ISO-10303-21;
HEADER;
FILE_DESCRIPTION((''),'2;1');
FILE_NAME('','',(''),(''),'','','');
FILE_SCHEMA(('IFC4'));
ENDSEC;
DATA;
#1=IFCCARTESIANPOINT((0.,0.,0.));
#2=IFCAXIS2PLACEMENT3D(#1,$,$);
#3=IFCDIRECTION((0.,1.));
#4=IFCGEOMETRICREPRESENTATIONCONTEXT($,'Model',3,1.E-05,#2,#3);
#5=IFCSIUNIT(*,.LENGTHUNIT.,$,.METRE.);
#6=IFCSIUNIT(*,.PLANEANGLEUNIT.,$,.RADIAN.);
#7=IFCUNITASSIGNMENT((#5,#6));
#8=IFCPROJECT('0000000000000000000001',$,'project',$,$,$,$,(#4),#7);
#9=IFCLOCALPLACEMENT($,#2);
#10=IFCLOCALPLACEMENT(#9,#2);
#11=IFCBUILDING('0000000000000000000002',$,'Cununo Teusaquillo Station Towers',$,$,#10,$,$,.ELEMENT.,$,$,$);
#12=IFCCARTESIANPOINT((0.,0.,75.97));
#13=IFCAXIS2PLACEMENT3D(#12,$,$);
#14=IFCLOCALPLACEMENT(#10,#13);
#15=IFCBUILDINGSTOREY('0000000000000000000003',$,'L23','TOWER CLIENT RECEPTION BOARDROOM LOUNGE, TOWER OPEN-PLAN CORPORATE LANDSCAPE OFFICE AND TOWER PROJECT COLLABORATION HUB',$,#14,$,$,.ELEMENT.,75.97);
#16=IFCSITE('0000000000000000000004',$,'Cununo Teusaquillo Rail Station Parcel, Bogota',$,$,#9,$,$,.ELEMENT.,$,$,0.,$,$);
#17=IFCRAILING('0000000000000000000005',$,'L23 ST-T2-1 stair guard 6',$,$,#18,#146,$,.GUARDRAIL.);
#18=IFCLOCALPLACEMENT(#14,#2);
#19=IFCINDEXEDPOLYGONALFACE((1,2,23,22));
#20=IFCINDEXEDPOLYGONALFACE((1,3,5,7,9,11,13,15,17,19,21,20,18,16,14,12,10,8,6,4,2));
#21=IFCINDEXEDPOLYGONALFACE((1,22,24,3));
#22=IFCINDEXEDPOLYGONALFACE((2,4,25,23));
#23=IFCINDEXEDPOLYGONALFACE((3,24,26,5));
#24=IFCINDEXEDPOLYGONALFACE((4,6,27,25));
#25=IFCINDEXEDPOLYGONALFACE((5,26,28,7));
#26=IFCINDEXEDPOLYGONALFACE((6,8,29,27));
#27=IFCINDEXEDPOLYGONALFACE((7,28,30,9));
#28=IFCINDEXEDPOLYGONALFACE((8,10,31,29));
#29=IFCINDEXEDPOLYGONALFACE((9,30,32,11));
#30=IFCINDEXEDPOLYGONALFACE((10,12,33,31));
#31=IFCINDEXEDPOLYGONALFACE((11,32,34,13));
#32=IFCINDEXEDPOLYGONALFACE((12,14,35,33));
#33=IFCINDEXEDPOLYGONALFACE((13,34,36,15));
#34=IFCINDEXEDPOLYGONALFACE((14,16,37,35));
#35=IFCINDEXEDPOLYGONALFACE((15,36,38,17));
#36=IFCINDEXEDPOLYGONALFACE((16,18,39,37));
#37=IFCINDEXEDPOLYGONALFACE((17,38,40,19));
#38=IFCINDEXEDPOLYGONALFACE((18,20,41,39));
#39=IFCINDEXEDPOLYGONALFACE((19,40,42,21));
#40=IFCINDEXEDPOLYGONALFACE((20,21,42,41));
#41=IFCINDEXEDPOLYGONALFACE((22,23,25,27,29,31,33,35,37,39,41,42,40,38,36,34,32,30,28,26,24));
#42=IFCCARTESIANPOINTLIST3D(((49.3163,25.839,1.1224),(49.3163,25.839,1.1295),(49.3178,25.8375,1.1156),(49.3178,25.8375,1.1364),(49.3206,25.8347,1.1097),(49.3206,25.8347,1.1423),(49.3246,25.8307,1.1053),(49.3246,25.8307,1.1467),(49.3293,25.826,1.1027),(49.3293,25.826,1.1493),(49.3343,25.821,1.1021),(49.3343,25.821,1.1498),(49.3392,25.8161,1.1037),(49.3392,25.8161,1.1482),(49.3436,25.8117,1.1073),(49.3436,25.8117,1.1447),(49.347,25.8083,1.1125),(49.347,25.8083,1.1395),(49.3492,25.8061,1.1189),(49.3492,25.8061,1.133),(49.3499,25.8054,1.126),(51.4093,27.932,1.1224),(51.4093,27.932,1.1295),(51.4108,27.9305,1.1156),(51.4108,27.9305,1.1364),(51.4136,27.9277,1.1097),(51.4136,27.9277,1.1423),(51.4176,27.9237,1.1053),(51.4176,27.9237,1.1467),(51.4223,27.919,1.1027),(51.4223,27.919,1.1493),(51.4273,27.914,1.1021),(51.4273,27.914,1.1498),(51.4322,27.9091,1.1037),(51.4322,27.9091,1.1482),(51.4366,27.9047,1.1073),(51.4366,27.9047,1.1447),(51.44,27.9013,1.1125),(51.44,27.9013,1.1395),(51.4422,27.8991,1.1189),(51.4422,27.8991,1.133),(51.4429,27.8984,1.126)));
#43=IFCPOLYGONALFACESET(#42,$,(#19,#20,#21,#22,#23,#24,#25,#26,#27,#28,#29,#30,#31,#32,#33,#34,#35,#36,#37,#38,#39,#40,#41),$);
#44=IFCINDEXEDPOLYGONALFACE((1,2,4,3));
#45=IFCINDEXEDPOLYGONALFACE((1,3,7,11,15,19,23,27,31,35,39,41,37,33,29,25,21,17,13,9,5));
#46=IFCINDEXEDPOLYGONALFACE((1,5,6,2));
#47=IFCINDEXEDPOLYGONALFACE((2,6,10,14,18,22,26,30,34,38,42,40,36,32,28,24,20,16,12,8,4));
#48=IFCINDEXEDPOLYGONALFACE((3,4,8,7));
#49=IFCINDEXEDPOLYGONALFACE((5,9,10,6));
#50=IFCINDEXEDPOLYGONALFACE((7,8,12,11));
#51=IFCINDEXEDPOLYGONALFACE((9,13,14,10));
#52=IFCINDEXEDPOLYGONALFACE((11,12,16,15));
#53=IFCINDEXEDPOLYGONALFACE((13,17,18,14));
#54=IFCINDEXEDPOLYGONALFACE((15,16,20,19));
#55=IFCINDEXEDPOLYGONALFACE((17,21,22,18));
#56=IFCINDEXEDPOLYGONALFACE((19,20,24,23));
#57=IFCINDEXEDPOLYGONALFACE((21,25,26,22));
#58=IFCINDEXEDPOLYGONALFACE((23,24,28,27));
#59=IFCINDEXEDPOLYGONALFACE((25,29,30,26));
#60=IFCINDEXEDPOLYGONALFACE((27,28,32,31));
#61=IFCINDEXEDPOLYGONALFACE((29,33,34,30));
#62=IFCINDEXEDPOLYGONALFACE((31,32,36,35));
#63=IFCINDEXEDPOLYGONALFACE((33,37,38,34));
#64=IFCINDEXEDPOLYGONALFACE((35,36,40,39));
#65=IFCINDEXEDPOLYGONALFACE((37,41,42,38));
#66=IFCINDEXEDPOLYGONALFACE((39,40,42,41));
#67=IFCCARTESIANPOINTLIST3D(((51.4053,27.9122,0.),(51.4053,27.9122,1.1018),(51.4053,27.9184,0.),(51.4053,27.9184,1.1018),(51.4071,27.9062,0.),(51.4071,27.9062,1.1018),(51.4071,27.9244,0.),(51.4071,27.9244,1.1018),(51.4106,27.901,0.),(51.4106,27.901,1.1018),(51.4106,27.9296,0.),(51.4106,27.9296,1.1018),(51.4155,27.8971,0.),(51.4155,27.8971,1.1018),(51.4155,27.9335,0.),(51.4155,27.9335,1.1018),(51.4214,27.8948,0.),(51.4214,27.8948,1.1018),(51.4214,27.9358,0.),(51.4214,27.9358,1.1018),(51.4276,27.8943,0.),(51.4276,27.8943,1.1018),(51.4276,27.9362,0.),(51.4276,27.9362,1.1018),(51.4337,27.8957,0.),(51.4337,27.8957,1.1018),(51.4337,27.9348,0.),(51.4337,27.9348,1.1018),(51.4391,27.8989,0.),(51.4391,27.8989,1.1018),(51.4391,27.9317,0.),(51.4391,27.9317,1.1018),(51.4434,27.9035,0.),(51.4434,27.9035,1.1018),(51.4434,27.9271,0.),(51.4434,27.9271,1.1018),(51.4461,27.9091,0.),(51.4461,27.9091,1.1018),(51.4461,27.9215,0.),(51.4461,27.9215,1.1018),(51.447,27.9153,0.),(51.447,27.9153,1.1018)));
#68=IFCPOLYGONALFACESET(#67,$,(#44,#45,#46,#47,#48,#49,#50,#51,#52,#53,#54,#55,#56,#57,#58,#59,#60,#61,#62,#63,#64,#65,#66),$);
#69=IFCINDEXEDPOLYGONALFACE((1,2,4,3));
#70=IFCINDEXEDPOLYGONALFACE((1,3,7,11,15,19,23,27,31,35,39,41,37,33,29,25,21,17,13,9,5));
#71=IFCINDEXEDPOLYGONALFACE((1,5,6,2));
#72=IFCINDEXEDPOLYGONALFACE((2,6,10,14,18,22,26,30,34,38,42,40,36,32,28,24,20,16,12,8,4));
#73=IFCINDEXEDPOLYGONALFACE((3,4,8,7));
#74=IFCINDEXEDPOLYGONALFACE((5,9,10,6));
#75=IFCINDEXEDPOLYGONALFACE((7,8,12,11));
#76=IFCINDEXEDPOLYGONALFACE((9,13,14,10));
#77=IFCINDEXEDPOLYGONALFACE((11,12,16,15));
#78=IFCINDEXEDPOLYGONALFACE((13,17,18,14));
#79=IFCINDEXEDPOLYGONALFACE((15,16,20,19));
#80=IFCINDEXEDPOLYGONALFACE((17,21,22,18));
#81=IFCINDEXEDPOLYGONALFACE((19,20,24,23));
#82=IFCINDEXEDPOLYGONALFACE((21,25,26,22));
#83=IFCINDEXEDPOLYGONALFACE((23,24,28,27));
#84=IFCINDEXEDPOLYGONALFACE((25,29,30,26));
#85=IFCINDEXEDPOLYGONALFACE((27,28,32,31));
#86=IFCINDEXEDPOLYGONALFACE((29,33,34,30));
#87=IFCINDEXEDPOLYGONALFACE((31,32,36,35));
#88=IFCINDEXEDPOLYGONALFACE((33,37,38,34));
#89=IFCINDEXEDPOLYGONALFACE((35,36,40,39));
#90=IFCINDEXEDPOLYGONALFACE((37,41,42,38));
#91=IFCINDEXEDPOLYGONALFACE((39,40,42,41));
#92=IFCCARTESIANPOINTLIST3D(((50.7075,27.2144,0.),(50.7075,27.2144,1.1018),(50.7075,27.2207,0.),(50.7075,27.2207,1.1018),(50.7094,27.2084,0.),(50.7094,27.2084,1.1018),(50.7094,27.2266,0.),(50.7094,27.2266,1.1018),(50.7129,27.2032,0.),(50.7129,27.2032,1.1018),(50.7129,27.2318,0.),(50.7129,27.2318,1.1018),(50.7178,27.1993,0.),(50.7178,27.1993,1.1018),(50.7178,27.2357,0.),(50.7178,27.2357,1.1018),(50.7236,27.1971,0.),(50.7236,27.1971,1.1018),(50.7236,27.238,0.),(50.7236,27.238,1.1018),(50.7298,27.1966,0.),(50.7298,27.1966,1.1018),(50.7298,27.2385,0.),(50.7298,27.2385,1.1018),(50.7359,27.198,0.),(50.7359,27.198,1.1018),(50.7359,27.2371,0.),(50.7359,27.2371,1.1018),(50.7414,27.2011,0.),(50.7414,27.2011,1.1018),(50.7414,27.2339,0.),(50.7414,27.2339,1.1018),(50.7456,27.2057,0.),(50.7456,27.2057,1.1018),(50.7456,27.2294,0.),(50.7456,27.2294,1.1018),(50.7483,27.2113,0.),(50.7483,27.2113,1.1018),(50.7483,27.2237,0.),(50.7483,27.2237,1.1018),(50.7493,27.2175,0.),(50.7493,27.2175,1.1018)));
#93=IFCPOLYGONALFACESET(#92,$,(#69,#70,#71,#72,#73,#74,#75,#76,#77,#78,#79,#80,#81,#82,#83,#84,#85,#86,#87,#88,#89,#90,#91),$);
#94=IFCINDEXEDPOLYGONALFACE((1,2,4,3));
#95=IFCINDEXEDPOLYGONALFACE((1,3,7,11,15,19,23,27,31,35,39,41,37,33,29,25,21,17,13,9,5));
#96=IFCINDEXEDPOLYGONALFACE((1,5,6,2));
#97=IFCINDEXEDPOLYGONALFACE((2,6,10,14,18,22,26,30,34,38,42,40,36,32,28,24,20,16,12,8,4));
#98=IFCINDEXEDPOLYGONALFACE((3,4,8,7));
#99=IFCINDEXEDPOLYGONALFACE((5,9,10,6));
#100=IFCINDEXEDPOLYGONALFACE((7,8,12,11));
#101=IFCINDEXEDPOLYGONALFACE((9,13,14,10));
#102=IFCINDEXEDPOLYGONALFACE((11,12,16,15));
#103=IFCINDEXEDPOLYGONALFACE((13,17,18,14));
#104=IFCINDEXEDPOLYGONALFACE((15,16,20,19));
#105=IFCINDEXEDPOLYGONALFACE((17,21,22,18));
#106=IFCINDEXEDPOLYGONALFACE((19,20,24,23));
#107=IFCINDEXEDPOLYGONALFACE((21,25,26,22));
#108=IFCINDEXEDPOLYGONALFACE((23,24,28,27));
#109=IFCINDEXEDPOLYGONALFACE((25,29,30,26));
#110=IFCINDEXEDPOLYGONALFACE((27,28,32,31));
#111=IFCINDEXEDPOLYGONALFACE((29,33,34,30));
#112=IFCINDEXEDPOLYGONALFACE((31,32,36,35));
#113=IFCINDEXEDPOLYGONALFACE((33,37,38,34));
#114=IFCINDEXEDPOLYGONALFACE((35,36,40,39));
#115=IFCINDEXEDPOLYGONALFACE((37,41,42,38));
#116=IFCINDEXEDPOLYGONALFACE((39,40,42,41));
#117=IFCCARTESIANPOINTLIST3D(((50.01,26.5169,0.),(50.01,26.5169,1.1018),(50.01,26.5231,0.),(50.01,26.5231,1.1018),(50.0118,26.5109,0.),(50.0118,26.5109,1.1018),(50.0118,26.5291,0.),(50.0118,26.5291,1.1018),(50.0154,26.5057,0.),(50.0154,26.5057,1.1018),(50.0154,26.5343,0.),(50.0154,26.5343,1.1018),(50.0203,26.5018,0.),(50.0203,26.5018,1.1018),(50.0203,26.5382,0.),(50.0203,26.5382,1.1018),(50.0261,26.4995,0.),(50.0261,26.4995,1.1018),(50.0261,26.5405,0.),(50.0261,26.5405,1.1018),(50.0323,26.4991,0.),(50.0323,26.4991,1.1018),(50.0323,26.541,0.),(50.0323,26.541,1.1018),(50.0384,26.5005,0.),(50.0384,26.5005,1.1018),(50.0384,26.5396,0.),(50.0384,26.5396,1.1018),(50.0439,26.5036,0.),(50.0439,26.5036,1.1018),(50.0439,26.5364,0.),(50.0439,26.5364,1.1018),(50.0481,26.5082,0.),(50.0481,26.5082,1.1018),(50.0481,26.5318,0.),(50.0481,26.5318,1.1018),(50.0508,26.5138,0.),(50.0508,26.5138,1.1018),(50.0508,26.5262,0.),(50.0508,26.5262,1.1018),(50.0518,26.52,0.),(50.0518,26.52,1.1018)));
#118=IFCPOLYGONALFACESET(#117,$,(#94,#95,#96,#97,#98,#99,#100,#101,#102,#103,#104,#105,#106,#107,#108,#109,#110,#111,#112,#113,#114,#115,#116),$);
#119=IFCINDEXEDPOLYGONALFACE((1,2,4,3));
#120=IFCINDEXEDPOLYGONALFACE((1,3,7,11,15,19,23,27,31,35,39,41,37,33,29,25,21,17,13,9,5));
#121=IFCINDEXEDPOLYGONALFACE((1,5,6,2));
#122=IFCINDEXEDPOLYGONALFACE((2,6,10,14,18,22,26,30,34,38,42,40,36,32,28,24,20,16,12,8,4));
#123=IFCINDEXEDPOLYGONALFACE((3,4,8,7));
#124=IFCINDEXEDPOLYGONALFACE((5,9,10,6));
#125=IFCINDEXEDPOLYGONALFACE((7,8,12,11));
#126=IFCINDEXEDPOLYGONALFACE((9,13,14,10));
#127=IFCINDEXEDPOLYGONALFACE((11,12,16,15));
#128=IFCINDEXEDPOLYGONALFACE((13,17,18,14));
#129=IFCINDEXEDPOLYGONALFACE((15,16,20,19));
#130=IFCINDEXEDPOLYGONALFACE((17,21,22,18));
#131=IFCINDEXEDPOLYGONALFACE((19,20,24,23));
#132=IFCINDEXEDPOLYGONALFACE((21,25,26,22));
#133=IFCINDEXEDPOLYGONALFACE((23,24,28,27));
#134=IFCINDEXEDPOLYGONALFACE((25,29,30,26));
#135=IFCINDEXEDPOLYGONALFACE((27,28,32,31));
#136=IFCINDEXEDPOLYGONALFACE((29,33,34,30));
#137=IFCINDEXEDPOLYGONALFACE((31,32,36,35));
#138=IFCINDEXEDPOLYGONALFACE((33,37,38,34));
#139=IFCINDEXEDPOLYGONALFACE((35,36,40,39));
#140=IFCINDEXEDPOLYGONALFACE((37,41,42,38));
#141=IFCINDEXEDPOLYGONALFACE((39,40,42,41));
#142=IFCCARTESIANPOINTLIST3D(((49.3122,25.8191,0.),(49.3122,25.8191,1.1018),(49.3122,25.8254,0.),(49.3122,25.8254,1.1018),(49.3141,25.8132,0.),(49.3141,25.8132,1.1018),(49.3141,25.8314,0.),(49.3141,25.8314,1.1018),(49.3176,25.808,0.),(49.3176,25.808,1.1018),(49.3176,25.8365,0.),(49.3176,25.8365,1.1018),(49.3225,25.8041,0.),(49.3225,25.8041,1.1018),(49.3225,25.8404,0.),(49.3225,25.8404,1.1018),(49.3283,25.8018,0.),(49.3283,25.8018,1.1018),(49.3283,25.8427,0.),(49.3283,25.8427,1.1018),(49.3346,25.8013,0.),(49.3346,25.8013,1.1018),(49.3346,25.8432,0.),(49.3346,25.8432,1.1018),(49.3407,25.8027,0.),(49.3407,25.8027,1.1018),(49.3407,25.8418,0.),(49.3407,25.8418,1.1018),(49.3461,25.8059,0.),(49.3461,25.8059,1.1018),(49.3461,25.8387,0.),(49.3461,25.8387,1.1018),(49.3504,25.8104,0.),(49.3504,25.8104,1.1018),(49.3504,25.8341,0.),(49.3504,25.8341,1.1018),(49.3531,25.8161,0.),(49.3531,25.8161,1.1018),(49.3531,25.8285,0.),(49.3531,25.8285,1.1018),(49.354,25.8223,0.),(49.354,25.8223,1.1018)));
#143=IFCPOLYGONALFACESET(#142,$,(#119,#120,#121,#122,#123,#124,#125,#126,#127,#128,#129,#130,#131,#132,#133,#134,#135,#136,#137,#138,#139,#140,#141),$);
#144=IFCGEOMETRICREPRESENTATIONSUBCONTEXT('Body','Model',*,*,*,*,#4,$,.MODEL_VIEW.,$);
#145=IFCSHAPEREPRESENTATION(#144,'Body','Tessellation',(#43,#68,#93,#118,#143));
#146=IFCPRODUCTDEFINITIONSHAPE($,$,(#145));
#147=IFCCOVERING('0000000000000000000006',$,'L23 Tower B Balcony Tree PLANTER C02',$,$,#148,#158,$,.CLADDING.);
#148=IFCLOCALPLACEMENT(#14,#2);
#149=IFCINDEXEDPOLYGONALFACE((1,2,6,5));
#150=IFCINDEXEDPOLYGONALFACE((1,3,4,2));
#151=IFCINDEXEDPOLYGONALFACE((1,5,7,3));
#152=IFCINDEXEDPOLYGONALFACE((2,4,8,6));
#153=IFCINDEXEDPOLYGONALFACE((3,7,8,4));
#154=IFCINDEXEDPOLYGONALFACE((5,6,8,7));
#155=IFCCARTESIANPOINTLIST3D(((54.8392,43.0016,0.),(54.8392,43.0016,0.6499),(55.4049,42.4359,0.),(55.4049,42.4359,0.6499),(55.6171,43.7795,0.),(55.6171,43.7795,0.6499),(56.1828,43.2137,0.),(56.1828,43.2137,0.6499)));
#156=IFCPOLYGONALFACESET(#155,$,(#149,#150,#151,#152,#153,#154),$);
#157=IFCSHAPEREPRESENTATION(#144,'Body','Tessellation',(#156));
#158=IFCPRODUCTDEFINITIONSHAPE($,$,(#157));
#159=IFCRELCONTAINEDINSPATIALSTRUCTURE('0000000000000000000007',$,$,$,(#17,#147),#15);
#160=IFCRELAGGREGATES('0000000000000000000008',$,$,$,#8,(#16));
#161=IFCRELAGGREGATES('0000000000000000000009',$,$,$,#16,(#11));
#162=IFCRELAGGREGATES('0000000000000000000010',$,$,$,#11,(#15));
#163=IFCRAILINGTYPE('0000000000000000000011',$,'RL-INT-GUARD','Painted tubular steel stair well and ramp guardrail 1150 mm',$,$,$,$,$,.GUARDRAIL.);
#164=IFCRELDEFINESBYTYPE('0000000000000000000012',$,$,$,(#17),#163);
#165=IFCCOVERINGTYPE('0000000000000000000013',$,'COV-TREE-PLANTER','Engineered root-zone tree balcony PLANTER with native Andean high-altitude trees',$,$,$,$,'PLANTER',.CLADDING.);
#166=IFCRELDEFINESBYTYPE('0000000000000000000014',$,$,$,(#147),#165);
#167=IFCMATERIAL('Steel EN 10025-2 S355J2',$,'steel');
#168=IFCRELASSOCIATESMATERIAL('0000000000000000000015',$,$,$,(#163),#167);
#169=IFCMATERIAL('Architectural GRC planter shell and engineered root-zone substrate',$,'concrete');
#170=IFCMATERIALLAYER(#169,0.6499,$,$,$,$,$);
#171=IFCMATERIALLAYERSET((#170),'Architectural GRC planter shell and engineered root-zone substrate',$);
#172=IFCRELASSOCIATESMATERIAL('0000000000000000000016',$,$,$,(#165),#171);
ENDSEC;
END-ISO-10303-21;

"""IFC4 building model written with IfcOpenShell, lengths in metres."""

from ifc_helpers import new_model, si_unit, direction, frame, origin, origin_2d, place, context, subcontext, project, spatial, rectangle, circle, extrude, source, transform, mapped, material, layer, layer_set, type_object, element, save


model = new_model("IFC4")

# Units and contexts
model_context = context("Model", 3, precision=1e-05, world=origin(), true_north=direction((0.0, 1.0)))
body_context = subcontext(model_context, "Body", "Model", "MODEL_VIEW")
ifc_project = project(units=[si_unit("LENGTHUNIT", "METRE"), si_unit("PLANEANGLEUNIT", "RADIAN")], contexts=[model_context])

# Site, building, storey
site_placement = place(None, origin())
site = spatial("IfcSite", under=ifc_project, at=site_placement, Name="Cununo Teusaquillo Rail Station Parcel, Bogota", CompositionType="ELEMENT", RefElevation=0.0)
building_placement = place(site_placement, origin())
building = spatial("IfcBuilding", under=site, at=building_placement, Name="Cununo Teusaquillo Station Towers", CompositionType="ELEMENT")
storey_placement = place(building_placement, frame((0.0, 0.0, 75.97)))
storey = spatial("IfcBuildingStorey", under=building, at=storey_placement, Name="L23", Description="TOWER CLIENT RECEPTION BOARDROOM LOUNGE, TOWER OPEN-PLAN CORPORATE LANDSCAPE OFFICE AND TOWER PROJECT COLLABORATION HUB", CompositionType="ELEMENT", Elevation=75.97)

# Railing
ifc_material_1 = material(Name="Steel EN 10025-2 S355J2", Category="steel")
railing_type_1 = type_object("IfcRailingType", Name="RL-INT-GUARD", Description="Painted tubular steel stair well and ramp guardrail 1150 mm", PredefinedType="GUARDRAIL", material=ifc_material_1)
railing_1_placement = place(storey_placement, frame((51.426, 27.9153, 0.0)))
element("IfcRailing", 1, at=railing_1_placement, inside=storey, type_object=railing_type_1, Name="L23 ST-T2-1 stair guard 6", PredefinedType="GUARDRAIL", context=body_context, shape_type="SweptSolid", body=[
    extrude(circle(Radius=0.0239, at=origin_2d()), frame((0.0, 0.0, 1.126), z_axis=(-0.707107, -0.707107, 0.0), x_axis=(0.707107, -0.707107, 0.0)), (0.0, 0.0, 1.0), 2.96),
    extrude(circle(Radius=0.021, at=origin_2d()), origin(), (0.0, 0.0, 1.0), 1.1018),
    extrude(circle(Radius=0.021, at=origin_2d()), frame((-0.6978, -0.6978, 0.0)), (0.0, 0.0, 1.0), 1.1018),
    extrude(circle(Radius=0.021, at=origin_2d()), frame((-1.3953, -1.3953, 0.0)), (0.0, 0.0, 1.0), 1.1018),
    extrude(circle(Radius=0.021, at=origin_2d()), frame((-2.093, -2.093, 0.0)), (0.0, 0.0, 1.0), 1.1018),
])

# Covering
ifc_material_2 = material(Name="Architectural GRC planter shell and engineered root-zone substrate", Category="concrete")
ifc_layer_1 = layer(ifc_material_2, 0.6499)
ifc_layer_set_1 = layer_set([ifc_layer_1], Name="Architectural GRC planter shell and engineered root-zone substrate")
covering_type = type_object("IfcCoveringType", Name="COV-TREE-PLANTER", Description="Engineered root-zone tree balcony PLANTER with native Andean high-altitude trees", ElementType="PLANTER", PredefinedType="CLADDING", material=ifc_layer_set_1)
shared_shape_1 = source(origin(), body_context, "Body", "SweptSolid", [
    extrude(rectangle(XDim=1.1001, YDim=0.8, at=origin_2d()), origin(), (0.0, 0.0, 1.0), 0.6499),
])
covering_placement = place(storey_placement, frame((55.511, 43.1077, 0.0), z_axis=(0.0, 0.0, 1.0), x_axis=(0.707107, 0.707107, 0.0)))
element("IfcCovering", 2, at=covering_placement, inside=storey, type_object=covering_type, Name="L23 Tower B Balcony Tree PLANTER C02", PredefinedType="CLADDING", context=body_context, shape_type="MappedRepresentation", body=[
    mapped(shared_shape_1, transform((0.0, 0.0, 0.0), x_axis=(1.0, 0.0, 0.0), y_axis=(0.0, 1.0, 0.0), z_axis=(0.0, 0.0, 1.0), scale=1.0)),
])

save(model, "model.ifc")
